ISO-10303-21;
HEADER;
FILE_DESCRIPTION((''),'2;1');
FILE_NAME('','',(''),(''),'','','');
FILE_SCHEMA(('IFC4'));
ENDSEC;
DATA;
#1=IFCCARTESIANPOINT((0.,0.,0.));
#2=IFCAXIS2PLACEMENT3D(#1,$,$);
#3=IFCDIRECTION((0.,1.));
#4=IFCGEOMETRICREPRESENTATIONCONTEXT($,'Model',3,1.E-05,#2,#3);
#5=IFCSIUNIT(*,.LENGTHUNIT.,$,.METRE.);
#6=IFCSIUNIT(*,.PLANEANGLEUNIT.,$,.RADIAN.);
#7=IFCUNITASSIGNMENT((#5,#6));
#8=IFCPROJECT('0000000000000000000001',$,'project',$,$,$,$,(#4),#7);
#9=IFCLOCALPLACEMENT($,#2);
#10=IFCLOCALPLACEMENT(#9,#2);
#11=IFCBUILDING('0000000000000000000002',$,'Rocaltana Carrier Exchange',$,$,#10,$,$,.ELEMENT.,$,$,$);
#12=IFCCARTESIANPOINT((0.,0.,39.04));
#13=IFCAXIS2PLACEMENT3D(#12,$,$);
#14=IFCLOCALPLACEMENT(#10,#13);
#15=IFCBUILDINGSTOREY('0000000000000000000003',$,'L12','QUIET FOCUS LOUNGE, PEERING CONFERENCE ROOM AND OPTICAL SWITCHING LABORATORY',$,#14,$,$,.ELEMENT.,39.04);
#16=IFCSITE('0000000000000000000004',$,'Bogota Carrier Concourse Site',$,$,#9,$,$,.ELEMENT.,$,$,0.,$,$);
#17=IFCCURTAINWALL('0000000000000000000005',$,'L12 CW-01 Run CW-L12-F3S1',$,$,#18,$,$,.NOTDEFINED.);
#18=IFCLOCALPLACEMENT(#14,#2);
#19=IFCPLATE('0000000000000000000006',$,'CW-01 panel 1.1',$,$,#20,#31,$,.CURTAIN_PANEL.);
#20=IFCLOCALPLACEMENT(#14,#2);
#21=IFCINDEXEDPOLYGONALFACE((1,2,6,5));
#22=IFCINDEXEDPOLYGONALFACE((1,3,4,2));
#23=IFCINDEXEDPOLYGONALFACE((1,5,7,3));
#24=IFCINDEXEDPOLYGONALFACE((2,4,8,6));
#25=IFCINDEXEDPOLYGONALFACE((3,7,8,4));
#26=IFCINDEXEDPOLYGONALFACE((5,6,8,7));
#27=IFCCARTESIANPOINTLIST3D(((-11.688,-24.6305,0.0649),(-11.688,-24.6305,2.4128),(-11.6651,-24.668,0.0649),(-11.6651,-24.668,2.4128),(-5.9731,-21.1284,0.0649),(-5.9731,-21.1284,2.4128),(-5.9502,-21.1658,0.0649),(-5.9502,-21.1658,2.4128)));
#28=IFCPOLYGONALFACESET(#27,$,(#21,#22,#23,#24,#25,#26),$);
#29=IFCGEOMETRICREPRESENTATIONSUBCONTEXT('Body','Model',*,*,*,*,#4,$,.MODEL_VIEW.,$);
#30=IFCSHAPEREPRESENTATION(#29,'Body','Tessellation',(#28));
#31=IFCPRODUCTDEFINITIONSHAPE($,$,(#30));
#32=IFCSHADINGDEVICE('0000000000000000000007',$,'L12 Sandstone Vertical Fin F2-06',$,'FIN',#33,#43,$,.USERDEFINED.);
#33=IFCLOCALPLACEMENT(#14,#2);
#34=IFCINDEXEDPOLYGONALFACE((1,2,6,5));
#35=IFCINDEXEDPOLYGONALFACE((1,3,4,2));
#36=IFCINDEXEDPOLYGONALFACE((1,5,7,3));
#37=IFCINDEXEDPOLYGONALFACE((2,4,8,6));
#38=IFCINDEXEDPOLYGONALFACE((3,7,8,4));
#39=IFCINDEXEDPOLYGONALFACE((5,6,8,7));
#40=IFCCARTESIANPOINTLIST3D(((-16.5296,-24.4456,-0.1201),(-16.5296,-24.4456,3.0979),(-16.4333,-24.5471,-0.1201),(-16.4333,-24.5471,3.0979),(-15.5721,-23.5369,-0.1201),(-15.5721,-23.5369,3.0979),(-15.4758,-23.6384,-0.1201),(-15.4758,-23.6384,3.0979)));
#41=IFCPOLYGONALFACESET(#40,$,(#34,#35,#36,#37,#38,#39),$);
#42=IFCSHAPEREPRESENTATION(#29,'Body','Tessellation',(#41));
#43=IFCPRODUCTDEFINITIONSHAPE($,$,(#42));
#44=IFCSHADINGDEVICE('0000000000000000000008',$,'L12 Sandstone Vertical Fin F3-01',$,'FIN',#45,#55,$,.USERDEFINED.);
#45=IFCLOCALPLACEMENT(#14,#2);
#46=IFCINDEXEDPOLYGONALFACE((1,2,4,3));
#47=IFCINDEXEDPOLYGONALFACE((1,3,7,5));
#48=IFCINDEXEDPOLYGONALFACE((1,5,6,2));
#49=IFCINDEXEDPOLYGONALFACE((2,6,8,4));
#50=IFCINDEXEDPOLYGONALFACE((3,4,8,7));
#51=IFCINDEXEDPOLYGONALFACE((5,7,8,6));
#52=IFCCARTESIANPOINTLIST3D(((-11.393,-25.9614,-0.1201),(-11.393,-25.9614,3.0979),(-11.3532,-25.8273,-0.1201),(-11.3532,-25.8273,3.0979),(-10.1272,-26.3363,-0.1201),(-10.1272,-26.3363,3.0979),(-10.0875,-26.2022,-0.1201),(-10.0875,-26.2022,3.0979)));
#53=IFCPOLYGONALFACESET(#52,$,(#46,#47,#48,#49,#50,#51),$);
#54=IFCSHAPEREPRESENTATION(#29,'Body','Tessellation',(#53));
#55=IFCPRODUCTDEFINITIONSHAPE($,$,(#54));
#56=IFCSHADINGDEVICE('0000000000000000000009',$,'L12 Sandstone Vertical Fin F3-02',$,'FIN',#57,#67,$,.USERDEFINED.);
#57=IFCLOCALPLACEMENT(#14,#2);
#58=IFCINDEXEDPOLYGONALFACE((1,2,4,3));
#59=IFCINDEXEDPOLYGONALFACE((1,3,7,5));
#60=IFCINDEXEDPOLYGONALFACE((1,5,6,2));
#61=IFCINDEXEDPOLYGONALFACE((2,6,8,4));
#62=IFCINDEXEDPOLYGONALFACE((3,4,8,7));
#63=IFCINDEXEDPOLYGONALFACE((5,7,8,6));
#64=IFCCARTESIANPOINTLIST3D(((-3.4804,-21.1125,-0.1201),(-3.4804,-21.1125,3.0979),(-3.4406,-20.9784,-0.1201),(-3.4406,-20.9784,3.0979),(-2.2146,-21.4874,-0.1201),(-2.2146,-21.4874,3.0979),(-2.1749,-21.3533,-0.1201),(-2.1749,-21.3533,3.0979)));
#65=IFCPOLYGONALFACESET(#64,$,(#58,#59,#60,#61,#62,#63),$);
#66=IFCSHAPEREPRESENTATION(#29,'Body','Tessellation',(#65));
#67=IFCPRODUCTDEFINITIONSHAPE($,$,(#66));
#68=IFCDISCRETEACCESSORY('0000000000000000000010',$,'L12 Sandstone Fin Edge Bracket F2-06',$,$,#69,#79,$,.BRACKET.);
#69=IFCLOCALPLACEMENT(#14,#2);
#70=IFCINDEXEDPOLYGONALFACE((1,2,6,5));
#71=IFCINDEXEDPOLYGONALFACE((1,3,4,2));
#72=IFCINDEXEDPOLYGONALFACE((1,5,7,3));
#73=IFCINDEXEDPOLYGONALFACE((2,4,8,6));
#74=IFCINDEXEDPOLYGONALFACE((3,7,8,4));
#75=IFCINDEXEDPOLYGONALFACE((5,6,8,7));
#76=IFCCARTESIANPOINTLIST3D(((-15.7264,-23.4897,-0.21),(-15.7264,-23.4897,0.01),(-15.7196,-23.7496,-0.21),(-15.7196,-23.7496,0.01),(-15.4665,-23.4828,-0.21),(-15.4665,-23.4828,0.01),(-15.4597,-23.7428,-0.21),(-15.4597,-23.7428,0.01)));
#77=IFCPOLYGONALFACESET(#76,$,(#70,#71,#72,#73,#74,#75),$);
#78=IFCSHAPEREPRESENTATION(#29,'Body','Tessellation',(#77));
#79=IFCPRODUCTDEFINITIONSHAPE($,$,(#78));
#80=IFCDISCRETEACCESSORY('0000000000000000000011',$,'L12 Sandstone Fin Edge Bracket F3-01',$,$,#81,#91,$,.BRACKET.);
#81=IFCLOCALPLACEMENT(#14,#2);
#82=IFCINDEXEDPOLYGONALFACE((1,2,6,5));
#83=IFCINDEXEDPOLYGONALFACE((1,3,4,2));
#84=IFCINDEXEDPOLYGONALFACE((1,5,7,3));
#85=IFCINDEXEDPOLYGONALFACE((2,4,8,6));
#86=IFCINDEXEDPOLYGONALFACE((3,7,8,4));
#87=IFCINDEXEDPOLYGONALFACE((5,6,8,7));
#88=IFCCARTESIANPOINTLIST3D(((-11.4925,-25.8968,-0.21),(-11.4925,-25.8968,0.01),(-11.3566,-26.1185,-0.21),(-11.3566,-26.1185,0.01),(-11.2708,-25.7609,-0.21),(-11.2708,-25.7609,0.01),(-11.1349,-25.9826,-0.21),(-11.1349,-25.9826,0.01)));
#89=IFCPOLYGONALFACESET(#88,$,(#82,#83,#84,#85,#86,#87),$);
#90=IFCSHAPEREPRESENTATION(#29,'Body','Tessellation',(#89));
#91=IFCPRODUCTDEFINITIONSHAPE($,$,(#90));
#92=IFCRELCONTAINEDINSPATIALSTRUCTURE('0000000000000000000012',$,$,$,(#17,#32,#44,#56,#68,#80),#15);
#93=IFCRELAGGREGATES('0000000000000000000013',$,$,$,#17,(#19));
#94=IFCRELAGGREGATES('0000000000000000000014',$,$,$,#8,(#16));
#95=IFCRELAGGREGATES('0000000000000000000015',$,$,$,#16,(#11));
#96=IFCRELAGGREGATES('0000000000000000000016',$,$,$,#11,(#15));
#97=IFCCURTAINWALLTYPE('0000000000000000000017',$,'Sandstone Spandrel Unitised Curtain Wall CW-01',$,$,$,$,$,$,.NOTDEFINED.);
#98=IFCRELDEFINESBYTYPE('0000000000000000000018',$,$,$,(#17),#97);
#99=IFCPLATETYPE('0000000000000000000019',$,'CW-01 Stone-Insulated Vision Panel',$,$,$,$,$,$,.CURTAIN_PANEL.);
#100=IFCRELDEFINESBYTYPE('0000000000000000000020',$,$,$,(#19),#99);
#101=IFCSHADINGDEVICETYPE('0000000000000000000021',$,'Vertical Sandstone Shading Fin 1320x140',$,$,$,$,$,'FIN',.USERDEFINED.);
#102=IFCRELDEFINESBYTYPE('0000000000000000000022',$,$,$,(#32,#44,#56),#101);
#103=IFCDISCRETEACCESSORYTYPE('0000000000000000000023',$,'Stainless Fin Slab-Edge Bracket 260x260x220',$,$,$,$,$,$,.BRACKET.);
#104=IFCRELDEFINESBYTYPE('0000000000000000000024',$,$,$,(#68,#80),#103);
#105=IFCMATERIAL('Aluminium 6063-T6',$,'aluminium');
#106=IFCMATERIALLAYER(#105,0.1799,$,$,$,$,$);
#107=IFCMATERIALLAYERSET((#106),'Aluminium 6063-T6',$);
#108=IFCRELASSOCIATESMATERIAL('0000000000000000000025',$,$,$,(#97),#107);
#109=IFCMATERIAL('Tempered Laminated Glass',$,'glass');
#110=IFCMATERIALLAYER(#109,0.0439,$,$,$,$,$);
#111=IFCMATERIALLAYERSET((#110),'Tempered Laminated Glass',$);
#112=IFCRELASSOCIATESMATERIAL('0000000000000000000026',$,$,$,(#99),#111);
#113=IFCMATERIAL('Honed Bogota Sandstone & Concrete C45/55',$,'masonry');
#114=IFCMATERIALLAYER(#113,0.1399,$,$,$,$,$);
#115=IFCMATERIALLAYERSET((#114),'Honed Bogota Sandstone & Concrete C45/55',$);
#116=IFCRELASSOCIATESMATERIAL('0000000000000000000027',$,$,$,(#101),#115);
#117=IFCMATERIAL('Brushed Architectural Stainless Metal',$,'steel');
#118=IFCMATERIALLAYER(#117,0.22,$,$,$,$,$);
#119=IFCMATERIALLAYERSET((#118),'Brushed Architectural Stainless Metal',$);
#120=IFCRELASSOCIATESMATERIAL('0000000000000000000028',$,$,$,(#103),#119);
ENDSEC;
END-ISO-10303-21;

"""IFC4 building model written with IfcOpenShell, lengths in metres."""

from ifc_helpers import new_model, si_unit, direction, frame, origin, origin_2d, place, context, subcontext, project, spatial, rectangle, extrude, material, layer, layer_set, type_object, element, aggregate, save


model = new_model("IFC4")

# Units and contexts
model_context = context("Model", 3, precision=1e-05, world=origin(), true_north=direction((0.0, 1.0)))
body_context = subcontext(model_context, "Body", "Model", "MODEL_VIEW")
ifc_project = project(units=[si_unit("LENGTHUNIT", "METRE"), si_unit("PLANEANGLEUNIT", "RADIAN")], contexts=[model_context])

# Site, building, storey
site_placement = place(None, origin())
site = spatial("IfcSite", under=ifc_project, at=site_placement, Name="Bogota Carrier Concourse Site", CompositionType="ELEMENT", RefElevation=0.0)
building_placement = place(site_placement, origin())
building = spatial("IfcBuilding", under=site, at=building_placement, Name="Rocaltana Carrier Exchange", CompositionType="ELEMENT")
storey_placement = place(building_placement, frame((0.0, 0.0, 39.04)))
storey = spatial("IfcBuildingStorey", under=building, at=storey_placement, Name="L12", Description="QUIET FOCUS LOUNGE, PEERING CONFERENCE ROOM AND OPTICAL SWITCHING LABORATORY", CompositionType="ELEMENT", Elevation=39.04)

# Shared definitions
ifc_material_1 = material(Name="Aluminium 6063-T6", Category="aluminium")
ifc_layer_1 = layer(ifc_material_1, 0.1799)
ifc_layer_set_1 = layer_set([ifc_layer_1], Name="Aluminium 6063-T6")
curtain_wall_type = type_object("IfcCurtainWallType", Name="Sandstone Spandrel Unitised Curtain Wall CW-01", PredefinedType="NOTDEFINED", material=ifc_layer_set_1)

# Curtain wall
curtain_wall_1_placement = place(storey_placement, origin())
curtain_wall_1 = element("IfcCurtainWall", 1, at=curtain_wall_1_placement, inside=storey, type_object=curtain_wall_type, Name="L12 CW-01 Run CW-L12-F3S1", PredefinedType="NOTDEFINED")

# Plate
ifc_material_2 = material(Name="Tempered Laminated Glass", Category="glass")
ifc_layer_2 = layer(ifc_material_2, 0.0439)
ifc_layer_set_2 = layer_set([ifc_layer_2], Name="Tempered Laminated Glass")
plate_type = type_object("IfcPlateType", Name="CW-01 Stone-Insulated Vision Panel", PredefinedType="CURTAIN_PANEL", material=ifc_layer_set_2)
plate_placement = place(storey_placement, frame((-8.8191, -22.8982, 0.0649), z_axis=(0.0, 0.0, 1.0), x_axis=(0.852636, 0.522505, 0.0)))
plate = element("IfcPlate", 2, at=plate_placement, type_object=plate_type, Name="CW-01 panel 1.1", PredefinedType="CURTAIN_PANEL", context=body_context, shape_type="SweptSolid", body=[
    extrude(rectangle(XDim=6.7026, YDim=0.0439, at=origin_2d()), origin(), (0.0, 0.0, 1.0), 2.3479),
])
aggregate(curtain_wall_1, [plate])

# Shading devices
ifc_material_3 = material(Name="Honed Bogota Sandstone & Concrete C45/55", Category="masonry")
ifc_layer_3 = layer(ifc_material_3, 0.1399)
ifc_layer_set_3 = layer_set([ifc_layer_3], Name="Honed Bogota Sandstone & Concrete C45/55")
shading_device_type = type_object("IfcShadingDeviceType", Name="Vertical Sandstone Shading Fin 1320x140", ElementType="FIN", PredefinedType="USERDEFINED", material=ifc_layer_set_3)
for number, where, z_axis, x_axis, name in (
    (3, (-16.0027, -24.042, -0.1201), (0.0, 0.0, 1.0), (-0.725374, -0.688355, 0.0), "L12 Sandstone Vertical Fin F2-06"),
    (4, (-10.7402, -26.0818, -0.1201), (0.0, 0.0, 1.0), (0.95882, -0.284015, 0.0), "L12 Sandstone Vertical Fin F3-01"),
    (5, (-2.8276, -21.2329, -0.1201), (0.0, 0.0, 1.0), (0.95882, -0.284015, 0.0), "L12 Sandstone Vertical Fin F3-02"),
):
    element("IfcShadingDevice", number, at=place(storey_placement, frame(where, z_axis=z_axis, x_axis=x_axis)), inside=storey, type_object=shading_device_type, Name=name, ObjectType="FIN", PredefinedType="USERDEFINED", context=body_context, shape_type="SweptSolid", body=[
        extrude(rectangle(XDim=1.3201, YDim=0.1399, at=origin_2d()), origin(), (0.0, 0.0, 1.0), 3.218),
    ])

# Discrete accessories
ifc_material_4 = material(Name="Brushed Architectural Stainless Metal", Category="steel")
ifc_layer_4 = layer(ifc_material_4, 0.22)
ifc_layer_set_4 = layer_set([ifc_layer_4], Name="Brushed Architectural Stainless Metal")
discrete_accessory_type = type_object("IfcDiscreteAccessoryType", Name="Stainless Fin Slab-Edge Bracket 260x260x220", PredefinedType="BRACKET", material=ifc_layer_set_4)
for number, where, z_axis, x_axis, name in (
    (6, (-15.593, -23.6162, -0.21), (0.0, 0.0, 1.0), (0.026177, -0.999657, 0.0), "L12 Sandstone Fin Edge Bracket F2-06"),
    (7, (-11.3137, -25.9397, -0.21), (0.0, 0.0, 1.0), (0.85264, 0.522499, 0.0), "L12 Sandstone Fin Edge Bracket F3-01"),
):
    element("IfcDiscreteAccessory", number, at=place(storey_placement, frame(where, z_axis=z_axis, x_axis=x_axis)), inside=storey, type_object=discrete_accessory_type, Name=name, PredefinedType="BRACKET", context=body_context, shape_type="SweptSolid", body=[
        extrude(rectangle(XDim=0.26, YDim=0.26, at=origin_2d()), origin(), (0.0, 0.0, 1.0), 0.22),
    ])

save(model, "model.ifc")
